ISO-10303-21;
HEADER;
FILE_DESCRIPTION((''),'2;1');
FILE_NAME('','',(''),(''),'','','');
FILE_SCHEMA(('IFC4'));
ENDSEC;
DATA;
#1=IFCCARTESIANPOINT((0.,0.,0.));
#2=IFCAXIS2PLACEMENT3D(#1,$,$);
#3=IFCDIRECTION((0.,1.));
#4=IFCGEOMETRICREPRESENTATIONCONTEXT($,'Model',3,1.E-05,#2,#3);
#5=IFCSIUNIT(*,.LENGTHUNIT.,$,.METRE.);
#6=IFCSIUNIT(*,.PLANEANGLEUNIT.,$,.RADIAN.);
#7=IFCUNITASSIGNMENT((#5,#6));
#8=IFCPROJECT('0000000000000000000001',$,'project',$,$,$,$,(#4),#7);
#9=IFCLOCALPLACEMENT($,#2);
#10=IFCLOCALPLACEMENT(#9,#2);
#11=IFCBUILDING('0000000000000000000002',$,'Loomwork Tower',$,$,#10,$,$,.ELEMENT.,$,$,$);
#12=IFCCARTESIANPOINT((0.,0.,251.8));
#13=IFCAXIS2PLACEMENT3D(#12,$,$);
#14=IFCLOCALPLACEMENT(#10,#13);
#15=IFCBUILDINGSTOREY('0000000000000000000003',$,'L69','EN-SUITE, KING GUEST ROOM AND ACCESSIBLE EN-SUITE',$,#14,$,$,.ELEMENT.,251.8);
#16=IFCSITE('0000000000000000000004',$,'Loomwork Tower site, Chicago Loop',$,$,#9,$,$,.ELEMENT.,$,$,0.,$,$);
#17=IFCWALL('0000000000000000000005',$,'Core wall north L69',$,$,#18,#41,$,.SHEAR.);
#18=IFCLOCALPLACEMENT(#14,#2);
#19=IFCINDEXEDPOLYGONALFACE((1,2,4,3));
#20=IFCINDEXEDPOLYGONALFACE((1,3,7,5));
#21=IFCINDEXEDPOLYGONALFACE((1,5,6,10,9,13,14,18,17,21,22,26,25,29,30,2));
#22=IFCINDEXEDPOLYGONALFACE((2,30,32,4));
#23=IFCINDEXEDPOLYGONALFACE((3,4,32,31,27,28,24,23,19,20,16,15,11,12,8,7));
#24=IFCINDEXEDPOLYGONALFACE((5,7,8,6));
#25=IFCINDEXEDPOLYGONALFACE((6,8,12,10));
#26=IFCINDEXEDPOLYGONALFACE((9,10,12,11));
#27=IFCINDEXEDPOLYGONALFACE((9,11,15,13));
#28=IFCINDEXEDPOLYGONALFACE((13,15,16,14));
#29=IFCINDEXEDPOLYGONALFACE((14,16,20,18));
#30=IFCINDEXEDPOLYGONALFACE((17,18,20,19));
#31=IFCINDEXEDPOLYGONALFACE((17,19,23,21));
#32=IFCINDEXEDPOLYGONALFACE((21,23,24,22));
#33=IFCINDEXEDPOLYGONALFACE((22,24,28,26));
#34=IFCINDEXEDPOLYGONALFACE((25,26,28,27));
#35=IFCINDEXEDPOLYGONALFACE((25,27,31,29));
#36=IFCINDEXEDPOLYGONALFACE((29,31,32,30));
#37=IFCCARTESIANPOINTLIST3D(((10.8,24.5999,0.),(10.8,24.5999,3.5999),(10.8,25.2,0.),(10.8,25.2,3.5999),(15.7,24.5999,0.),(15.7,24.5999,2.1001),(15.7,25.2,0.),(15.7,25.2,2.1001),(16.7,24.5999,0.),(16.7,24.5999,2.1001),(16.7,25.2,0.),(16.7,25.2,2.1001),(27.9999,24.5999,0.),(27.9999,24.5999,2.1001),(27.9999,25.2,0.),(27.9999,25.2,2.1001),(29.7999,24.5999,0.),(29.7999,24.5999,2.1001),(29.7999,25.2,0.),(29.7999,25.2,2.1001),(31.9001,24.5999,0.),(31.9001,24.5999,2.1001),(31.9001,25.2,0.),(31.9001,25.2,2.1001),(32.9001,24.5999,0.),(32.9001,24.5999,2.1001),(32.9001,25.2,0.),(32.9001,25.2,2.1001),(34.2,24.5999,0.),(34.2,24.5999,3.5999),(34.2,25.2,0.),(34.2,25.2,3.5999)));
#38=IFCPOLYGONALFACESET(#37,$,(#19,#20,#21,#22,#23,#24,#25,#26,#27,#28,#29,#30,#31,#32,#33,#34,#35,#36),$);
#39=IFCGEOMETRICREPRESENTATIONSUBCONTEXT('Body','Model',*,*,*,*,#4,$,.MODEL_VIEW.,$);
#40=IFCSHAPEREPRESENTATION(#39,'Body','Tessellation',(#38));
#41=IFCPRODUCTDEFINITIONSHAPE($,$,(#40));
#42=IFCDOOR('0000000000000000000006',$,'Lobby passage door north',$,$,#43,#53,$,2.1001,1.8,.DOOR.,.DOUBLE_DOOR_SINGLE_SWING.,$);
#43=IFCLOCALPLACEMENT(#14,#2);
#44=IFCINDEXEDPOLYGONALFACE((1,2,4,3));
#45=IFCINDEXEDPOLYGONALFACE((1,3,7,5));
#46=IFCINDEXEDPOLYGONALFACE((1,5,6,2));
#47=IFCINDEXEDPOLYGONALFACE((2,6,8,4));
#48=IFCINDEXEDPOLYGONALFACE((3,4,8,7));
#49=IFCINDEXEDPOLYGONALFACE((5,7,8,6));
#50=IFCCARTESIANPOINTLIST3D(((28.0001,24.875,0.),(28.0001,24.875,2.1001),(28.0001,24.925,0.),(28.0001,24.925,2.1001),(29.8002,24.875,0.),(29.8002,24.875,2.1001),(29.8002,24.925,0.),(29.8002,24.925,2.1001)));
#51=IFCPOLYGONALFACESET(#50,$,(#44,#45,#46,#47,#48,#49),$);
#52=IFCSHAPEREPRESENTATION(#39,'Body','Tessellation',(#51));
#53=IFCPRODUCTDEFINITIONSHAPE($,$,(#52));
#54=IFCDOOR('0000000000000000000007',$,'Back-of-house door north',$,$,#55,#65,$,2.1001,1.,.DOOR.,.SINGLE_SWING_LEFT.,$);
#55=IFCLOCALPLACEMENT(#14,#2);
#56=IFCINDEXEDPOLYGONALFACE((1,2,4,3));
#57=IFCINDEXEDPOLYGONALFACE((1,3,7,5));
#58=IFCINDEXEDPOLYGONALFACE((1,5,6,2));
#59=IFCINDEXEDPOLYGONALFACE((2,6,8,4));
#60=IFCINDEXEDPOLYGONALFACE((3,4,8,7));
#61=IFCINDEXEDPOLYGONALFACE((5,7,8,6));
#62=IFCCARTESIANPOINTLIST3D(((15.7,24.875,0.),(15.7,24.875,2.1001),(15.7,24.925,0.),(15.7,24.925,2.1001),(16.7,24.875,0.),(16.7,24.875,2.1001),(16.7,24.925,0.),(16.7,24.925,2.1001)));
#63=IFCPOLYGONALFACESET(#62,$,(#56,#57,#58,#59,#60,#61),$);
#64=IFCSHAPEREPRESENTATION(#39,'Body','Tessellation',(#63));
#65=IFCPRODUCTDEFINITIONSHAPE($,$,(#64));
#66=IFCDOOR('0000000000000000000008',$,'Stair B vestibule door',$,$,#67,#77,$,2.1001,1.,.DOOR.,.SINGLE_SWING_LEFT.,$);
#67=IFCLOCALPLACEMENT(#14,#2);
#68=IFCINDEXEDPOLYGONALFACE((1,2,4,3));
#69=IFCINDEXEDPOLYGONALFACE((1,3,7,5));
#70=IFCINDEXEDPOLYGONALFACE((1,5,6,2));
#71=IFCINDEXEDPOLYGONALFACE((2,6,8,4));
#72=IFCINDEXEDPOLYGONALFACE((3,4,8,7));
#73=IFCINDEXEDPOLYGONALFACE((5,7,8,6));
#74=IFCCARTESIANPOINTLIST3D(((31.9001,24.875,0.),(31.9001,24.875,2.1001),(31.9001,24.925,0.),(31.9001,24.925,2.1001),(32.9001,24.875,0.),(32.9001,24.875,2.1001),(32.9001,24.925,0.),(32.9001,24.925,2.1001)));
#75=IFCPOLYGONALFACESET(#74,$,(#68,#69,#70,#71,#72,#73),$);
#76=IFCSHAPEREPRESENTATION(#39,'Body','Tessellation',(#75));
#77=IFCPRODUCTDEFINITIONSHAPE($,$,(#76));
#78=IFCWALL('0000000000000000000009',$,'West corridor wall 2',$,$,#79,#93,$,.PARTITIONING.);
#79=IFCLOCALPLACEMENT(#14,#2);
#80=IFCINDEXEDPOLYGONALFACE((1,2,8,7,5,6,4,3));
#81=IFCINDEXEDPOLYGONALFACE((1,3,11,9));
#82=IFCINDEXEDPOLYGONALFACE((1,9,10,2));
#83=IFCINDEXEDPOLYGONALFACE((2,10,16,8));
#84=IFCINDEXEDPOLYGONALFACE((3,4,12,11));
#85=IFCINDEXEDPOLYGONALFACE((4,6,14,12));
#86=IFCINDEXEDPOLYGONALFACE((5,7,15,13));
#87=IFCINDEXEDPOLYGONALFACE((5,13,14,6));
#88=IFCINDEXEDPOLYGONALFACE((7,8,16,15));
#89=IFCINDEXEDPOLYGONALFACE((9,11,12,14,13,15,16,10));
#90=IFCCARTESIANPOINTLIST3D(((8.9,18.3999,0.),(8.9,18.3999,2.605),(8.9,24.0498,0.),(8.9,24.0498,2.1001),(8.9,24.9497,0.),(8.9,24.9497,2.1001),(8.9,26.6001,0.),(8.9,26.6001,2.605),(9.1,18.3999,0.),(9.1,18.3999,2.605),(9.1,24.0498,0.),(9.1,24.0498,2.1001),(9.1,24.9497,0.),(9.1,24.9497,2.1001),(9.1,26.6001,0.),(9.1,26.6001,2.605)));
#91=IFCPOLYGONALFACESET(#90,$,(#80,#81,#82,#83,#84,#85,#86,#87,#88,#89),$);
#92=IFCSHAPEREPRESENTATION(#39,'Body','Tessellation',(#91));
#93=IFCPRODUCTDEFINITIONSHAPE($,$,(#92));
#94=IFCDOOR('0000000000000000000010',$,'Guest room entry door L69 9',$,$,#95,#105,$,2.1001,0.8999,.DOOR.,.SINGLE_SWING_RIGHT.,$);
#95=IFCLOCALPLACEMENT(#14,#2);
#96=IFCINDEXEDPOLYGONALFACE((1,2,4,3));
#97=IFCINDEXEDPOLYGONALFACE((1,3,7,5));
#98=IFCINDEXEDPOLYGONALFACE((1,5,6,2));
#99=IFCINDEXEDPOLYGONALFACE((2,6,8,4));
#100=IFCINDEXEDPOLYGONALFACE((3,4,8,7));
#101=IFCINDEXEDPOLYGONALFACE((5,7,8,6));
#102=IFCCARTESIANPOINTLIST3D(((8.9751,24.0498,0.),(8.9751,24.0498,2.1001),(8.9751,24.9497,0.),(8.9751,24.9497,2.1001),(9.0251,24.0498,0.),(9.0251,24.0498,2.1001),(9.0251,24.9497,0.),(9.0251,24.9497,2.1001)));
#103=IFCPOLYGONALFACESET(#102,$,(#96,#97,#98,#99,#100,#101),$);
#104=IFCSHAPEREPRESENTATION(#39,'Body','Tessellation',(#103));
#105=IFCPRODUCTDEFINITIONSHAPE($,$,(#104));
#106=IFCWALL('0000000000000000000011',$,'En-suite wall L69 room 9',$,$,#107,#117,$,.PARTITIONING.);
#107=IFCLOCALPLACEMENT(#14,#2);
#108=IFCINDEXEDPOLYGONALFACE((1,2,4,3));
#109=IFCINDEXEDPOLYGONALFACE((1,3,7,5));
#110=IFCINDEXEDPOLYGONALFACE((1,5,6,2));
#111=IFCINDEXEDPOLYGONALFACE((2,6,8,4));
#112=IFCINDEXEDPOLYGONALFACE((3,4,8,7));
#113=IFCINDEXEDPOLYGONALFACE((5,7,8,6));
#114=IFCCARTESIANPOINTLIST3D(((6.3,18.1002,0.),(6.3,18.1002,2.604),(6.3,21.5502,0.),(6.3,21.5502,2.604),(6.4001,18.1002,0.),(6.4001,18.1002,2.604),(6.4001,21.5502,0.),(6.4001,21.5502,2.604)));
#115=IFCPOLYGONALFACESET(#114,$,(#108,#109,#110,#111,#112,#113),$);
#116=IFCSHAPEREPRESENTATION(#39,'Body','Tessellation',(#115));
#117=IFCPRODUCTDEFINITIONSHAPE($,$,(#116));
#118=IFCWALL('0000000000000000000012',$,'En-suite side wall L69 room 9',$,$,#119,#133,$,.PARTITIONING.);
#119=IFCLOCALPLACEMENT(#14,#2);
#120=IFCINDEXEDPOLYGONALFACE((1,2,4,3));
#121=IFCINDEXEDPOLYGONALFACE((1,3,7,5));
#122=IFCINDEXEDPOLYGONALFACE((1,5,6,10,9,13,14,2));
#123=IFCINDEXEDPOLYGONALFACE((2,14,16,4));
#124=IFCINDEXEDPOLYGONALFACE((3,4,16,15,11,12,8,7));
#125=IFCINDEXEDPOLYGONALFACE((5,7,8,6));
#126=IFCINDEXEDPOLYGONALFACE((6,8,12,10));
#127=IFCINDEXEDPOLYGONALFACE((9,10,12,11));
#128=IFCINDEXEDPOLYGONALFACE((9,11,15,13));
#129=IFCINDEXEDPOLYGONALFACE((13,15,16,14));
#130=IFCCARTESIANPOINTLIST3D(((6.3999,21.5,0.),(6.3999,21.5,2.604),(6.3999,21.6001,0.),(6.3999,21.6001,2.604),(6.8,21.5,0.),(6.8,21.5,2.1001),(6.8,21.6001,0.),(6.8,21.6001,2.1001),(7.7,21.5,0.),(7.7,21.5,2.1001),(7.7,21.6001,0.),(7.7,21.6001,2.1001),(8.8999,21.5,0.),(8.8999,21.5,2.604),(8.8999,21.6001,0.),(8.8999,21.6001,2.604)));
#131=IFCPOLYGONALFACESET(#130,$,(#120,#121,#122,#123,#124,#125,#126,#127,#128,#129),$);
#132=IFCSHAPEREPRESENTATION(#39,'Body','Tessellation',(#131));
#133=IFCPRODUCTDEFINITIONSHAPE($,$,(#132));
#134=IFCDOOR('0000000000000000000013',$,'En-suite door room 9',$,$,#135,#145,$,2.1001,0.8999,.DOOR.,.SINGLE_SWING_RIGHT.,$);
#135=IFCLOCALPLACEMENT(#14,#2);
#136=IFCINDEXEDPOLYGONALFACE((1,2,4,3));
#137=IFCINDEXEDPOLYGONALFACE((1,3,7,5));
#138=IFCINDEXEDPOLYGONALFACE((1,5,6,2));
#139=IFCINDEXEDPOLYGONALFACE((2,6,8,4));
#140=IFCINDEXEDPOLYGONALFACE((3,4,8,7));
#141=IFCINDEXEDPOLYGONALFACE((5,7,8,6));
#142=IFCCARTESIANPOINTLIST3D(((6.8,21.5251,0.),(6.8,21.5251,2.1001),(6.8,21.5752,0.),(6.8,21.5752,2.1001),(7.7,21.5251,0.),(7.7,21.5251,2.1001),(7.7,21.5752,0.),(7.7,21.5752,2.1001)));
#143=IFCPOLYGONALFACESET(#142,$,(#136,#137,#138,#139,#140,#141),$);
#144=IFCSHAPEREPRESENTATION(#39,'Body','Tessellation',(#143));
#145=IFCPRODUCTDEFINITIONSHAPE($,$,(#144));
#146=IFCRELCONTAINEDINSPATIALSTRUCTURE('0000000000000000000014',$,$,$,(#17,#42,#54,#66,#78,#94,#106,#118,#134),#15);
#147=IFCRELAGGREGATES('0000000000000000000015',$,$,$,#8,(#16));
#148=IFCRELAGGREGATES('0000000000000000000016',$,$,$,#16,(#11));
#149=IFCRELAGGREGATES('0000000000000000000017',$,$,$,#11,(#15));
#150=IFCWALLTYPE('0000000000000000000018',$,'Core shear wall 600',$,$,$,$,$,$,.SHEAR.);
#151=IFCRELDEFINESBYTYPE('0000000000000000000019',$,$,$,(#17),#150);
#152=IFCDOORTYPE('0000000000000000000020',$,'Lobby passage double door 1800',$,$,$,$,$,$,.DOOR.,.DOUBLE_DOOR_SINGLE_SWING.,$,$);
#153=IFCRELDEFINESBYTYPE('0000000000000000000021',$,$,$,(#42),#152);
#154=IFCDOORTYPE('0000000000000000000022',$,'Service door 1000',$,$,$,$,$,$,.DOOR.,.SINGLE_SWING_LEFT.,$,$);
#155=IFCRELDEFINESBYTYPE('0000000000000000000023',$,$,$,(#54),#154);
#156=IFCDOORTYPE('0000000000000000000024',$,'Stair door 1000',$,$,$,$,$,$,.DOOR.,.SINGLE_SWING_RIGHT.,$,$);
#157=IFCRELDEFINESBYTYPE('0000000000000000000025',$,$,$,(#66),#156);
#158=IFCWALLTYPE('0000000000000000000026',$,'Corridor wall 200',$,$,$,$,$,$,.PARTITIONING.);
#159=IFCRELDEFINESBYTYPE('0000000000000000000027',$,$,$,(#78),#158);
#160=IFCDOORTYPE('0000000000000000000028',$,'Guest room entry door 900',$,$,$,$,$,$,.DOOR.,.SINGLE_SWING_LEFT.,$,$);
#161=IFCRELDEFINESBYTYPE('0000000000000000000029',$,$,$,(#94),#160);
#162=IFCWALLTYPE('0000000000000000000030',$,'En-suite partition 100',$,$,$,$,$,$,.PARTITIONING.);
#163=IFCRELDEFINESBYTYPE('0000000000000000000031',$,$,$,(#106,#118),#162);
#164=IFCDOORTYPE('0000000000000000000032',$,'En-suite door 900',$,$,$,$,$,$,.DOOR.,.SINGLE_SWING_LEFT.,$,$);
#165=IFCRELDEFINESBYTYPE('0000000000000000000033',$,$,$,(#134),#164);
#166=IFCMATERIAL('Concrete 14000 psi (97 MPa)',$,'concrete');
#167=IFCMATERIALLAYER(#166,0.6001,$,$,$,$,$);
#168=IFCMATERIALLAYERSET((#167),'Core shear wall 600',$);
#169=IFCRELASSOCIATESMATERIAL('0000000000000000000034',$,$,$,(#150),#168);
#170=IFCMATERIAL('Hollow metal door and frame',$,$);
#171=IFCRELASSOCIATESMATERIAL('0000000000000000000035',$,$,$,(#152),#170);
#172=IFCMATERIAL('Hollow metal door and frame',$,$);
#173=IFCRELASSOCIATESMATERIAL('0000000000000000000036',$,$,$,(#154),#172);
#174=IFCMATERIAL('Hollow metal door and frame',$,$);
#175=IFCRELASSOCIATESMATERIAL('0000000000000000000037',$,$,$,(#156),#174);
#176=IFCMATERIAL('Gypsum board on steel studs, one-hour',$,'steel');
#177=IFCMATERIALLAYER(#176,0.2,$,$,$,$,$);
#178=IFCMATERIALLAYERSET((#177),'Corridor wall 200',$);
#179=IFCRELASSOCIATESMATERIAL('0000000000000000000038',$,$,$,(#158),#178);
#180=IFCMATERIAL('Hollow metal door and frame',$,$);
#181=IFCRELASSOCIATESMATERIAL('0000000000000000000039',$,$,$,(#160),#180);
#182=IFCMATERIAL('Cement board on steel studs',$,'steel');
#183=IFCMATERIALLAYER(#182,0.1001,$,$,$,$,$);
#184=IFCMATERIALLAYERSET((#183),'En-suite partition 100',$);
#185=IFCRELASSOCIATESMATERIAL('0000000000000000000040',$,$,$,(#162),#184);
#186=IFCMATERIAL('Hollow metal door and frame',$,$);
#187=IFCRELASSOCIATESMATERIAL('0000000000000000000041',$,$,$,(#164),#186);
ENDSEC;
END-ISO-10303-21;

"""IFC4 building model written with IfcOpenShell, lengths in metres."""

from ifc_helpers import new_model, si_unit, direction, frame, frame_2d, origin, place, context, subcontext, project, spatial, rectangle, extrude, material, layer, layer_set, type_object, element, fill, save


model = new_model("IFC4")

# Units and contexts
model_context = context("Model", 3, precision=1e-05, world=origin(), true_north=direction((0.0, 1.0)))
body_context = subcontext(model_context, "Body", "Model", "MODEL_VIEW")
ifc_project = project(units=[si_unit("LENGTHUNIT", "METRE"), si_unit("PLANEANGLEUNIT", "RADIAN")], contexts=[model_context])

# Site, building, storey
site_placement = place(None, origin())
site = spatial("IfcSite", under=ifc_project, at=site_placement, Name="Loomwork Tower site, Chicago Loop", CompositionType="ELEMENT", RefElevation=0.0)
building_placement = place(site_placement, origin())
building = spatial("IfcBuilding", under=site, at=building_placement, Name="Loomwork Tower", CompositionType="ELEMENT")
storey_placement = place(building_placement, frame((0.0, 0.0, 251.8)))
storey = spatial("IfcBuildingStorey", under=building, at=storey_placement, Name="L69", Description="EN-SUITE, KING GUEST ROOM AND ACCESSIBLE EN-SUITE", CompositionType="ELEMENT", Elevation=251.8)

# Wall, openings, doors
ifc_material_1 = material(Name="Concrete 14000 psi (97 MPa)", Category="concrete")
ifc_layer_1 = layer(ifc_material_1, 0.6001)
ifc_layer_set_1 = layer_set([ifc_layer_1], Name="Core shear wall 600")
wall_type_1 = type_object("IfcWallType", Name="Core shear wall 600", PredefinedType="SHEAR", material=ifc_layer_set_1)
wall_1_placement = place(storey_placement, frame((10.8, 24.8999, 0.0), z_axis=(0.0, 0.0, 1.0), x_axis=(1.0, 0.0, 0.0)))
wall_1 = element("IfcWall", 1, at=wall_1_placement, inside=storey, type_object=wall_type_1, Name="Core wall north L69", PredefinedType="SHEAR", context=body_context, shape_type="SweptSolid", body=[
    extrude(rectangle(XDim=23.3999, YDim=0.6001, at=frame_2d((11.7, 0.0))), origin(), (0.0, 0.0, 1.0), 3.5999),
])
opening_1_placement = place(wall_1_placement, frame((17.2, 0.0, 0.0)))
opening_1 = element("IfcOpeningElement", 2, at=opening_1_placement, cuts=wall_1, PredefinedType="OPENING", context=body_context, shape_type="SweptSolid", body=[
    extrude(rectangle(XDim=1.8, YDim=2.1001, at=frame_2d((0.8999, 1.05))), frame((0.0, 0.3101, 0.0), z_axis=(0.0, -1.0, 0.0), x_axis=(1.0, 0.0, 0.0)), (0.0, 0.0, 1.0), 0.6201),
])
opening_2_placement = place(wall_1_placement, frame((21.1001, 0.0, 0.0)))
opening_2 = element("IfcOpeningElement", 3, at=opening_2_placement, cuts=wall_1, PredefinedType="OPENING", context=body_context, shape_type="SweptSolid", body=[
    extrude(rectangle(XDim=1.0, YDim=2.1001, at=frame_2d((0.5, 1.05))), frame((0.0, 0.3101, 0.0), z_axis=(0.0, -1.0, 0.0), x_axis=(1.0, 0.0, 0.0)), (0.0, 0.0, 1.0), 0.6201),
])
opening_3_placement = place(wall_1_placement, frame((4.8999, 0.0, 0.0)))
opening_3 = element("IfcOpeningElement", 4, at=opening_3_placement, cuts=wall_1, PredefinedType="OPENING", context=body_context, shape_type="SweptSolid", body=[
    extrude(rectangle(XDim=1.0, YDim=2.1001, at=frame_2d((0.5, 1.05))), frame((0.0, 0.3101, 0.0), z_axis=(0.0, -1.0, 0.0), x_axis=(1.0, 0.0, 0.0)), (0.0, 0.0, 1.0), 0.6201),
])
ifc_material_2 = material(Name="Hollow metal door and frame")
door_type_1 = type_object("IfcDoorType", Name="Lobby passage double door 1800", OperationType="DOUBLE_DOOR_SINGLE_SWING", PredefinedType="DOOR", material=ifc_material_2)
door_1_placement = place(opening_1_placement, frame((1.8, 0.0, 0.0), z_axis=(0.0, 0.0, 1.0), x_axis=(-1.0, 0.0, 0.0)))
door_1 = element("IfcDoor", 5, at=door_1_placement, inside=storey, type_object=door_type_1, Name="Lobby passage door north", OperationType="DOUBLE_DOOR_SINGLE_SWING", OverallHeight=2.1001, OverallWidth=1.8, PredefinedType="DOOR", context=body_context, shape_type="SweptSolid", body=[
    extrude(rectangle(XDim=1.8, YDim=2.1001, at=frame_2d((0.8999, 1.05))), frame((0.0, 0.0249, 0.0), z_axis=(0.0, -1.0, 0.0), x_axis=(1.0, 0.0, 0.0)), (0.0, 0.0, 1.0), 0.05),
])
fill(opening_1, door_1)
ifc_material_3 = material(Name="Hollow metal door and frame")
door_type_2 = type_object("IfcDoorType", Name="Service door 1000", OperationType="SINGLE_SWING_LEFT", PredefinedType="DOOR", material=ifc_material_3)
door_2_placement = place(opening_3_placement, frame((1.0, 0.0, 0.0), z_axis=(0.0, 0.0, 1.0), x_axis=(-1.0, 0.0, 0.0)))
door_2 = element("IfcDoor", 6, at=door_2_placement, inside=storey, type_object=door_type_2, Name="Back-of-house door north", OperationType="SINGLE_SWING_LEFT", OverallHeight=2.1001, OverallWidth=1.0, PredefinedType="DOOR", context=body_context, shape_type="SweptSolid", body=[
    extrude(rectangle(XDim=1.0, YDim=2.1001, at=frame_2d((0.5, 1.05))), frame((0.0, 0.0249, 0.0), z_axis=(0.0, -1.0, 0.0), x_axis=(1.0, 0.0, 0.0)), (0.0, 0.0, 1.0), 0.05),
])
fill(opening_3, door_2)
ifc_material_4 = material(Name="Hollow metal door and frame")
door_type_3 = type_object("IfcDoorType", Name="Stair door 1000", OperationType="SINGLE_SWING_RIGHT", PredefinedType="DOOR", material=ifc_material_4)
door_3_placement = place(opening_2_placement, frame((1.0, 0.0, 0.0), z_axis=(0.0, 0.0, 1.0), x_axis=(-1.0, 0.0, 0.0)))
door_3 = element("IfcDoor", 7, at=door_3_placement, inside=storey, type_object=door_type_3, Name="Stair B vestibule door", OperationType="SINGLE_SWING_LEFT", OverallHeight=2.1001, OverallWidth=1.0, PredefinedType="DOOR", context=body_context, shape_type="SweptSolid", body=[
    extrude(rectangle(XDim=1.0, YDim=2.1001, at=frame_2d((0.5, 1.05))), frame((0.0, 0.0249, 0.0), z_axis=(0.0, -1.0, 0.0), x_axis=(1.0, 0.0, 0.0)), (0.0, 0.0, 1.0), 0.05),
])
fill(opening_2, door_3)

# Wall, opening, door
ifc_material_5 = material(Name="Gypsum board on steel studs, one-hour", Category="steel")
ifc_layer_2 = layer(ifc_material_5, 0.2)
ifc_layer_set_2 = layer_set([ifc_layer_2], Name="Corridor wall 200")
wall_type_2 = type_object("IfcWallType", Name="Corridor wall 200", PredefinedType="PARTITIONING", material=ifc_layer_set_2)
wall_2_placement = place(storey_placement, frame((9.0, 18.3999, 0.0), z_axis=(0.0, 0.0, 1.0), x_axis=(0.0, 1.0, 0.0)))
wall_2 = element("IfcWall", 8, at=wall_2_placement, inside=storey, type_object=wall_type_2, Name="West corridor wall 2", PredefinedType="PARTITIONING", context=body_context, shape_type="SweptSolid", body=[
    extrude(rectangle(XDim=8.2002, YDim=0.2, at=frame_2d((4.1001, 0.0))), origin(), (0.0, 0.0, 1.0), 2.605),
])
opening_4_placement = place(wall_2_placement, frame((5.6499, 0.0, 0.0)))
opening_4 = element("IfcOpeningElement", 9, at=opening_4_placement, cuts=wall_2, PredefinedType="OPENING", context=body_context, shape_type="SweptSolid", body=[
    extrude(rectangle(XDim=0.8999, YDim=2.1001, at=frame_2d((0.45, 1.05))), frame((0.0, 0.1099, 0.0), z_axis=(0.0, -1.0, 0.0), x_axis=(1.0, 0.0, 0.0)), (0.0, 0.0, 1.0), 0.22),
])
ifc_material_6 = material(Name="Hollow metal door and frame")
door_type_4 = type_object("IfcDoorType", Name="Guest room entry door 900", OperationType="SINGLE_SWING_LEFT", PredefinedType="DOOR", material=ifc_material_6)
door_4_placement = place(opening_4_placement, origin())
door_4 = element("IfcDoor", 10, at=door_4_placement, inside=storey, type_object=door_type_4, Name="Guest room entry door L69 9", OperationType="SINGLE_SWING_RIGHT", OverallHeight=2.1001, OverallWidth=0.8999, PredefinedType="DOOR", context=body_context, shape_type="SweptSolid", body=[
    extrude(rectangle(XDim=0.8999, YDim=2.1001, at=frame_2d((0.45, 1.05))), frame((0.0, 0.0249, 0.0), z_axis=(0.0, -1.0, 0.0), x_axis=(1.0, 0.0, 0.0)), (0.0, 0.0, 1.0), 0.05),
])
fill(opening_4, door_4)

# Wall
ifc_material_7 = material(Name="Cement board on steel studs", Category="steel")
ifc_layer_3 = layer(ifc_material_7, 0.1001)
ifc_layer_set_3 = layer_set([ifc_layer_3], Name="En-suite partition 100")
wall_type_3 = type_object("IfcWallType", Name="En-suite partition 100", PredefinedType="PARTITIONING", material=ifc_layer_set_3)
wall_3_placement = place(storey_placement, frame((6.3501, 18.1001, 0.0), z_axis=(0.0, 0.0, 1.0), x_axis=(0.0, 1.0, 0.0)))
element("IfcWall", 11, at=wall_3_placement, inside=storey, type_object=wall_type_3, Name="En-suite wall L69 room 9", PredefinedType="PARTITIONING", context=body_context, shape_type="SweptSolid", body=[
    extrude(rectangle(XDim=3.45, YDim=0.1001, at=frame_2d((1.7251, 0.0))), origin(), (0.0, 0.0, 1.0), 2.604),
])

# Wall, opening, door
wall_4_placement = place(storey_placement, frame((8.8999, 21.55, 0.0), z_axis=(0.0, 0.0, 1.0), x_axis=(-1.0, 0.0, 0.0)))
wall_4 = element("IfcWall", 12, at=wall_4_placement, inside=storey, type_object=wall_type_3, Name="En-suite side wall L69 room 9", PredefinedType="PARTITIONING", context=body_context, shape_type="SweptSolid", body=[
    extrude(rectangle(XDim=2.5, YDim=0.1001, at=frame_2d((1.25, 0.0))), origin(), (0.0, 0.0, 1.0), 2.604),
])
opening_5_placement = place(wall_4_placement, frame((1.2, 0.0, 0.0)))
opening_5 = element("IfcOpeningElement", 13, at=opening_5_placement, cuts=wall_4, PredefinedType="OPENING", context=body_context, shape_type="SweptSolid", body=[
    extrude(rectangle(XDim=0.8999, YDim=2.1001, at=frame_2d((0.45, 1.05))), frame((0.0, 0.0601, 0.0), z_axis=(0.0, -1.0, 0.0), x_axis=(1.0, 0.0, 0.0)), (0.0, 0.0, 1.0), 0.1201),
])
ifc_material_8 = material(Name="Hollow metal door and frame")
door_type_5 = type_object("IfcDoorType", Name="En-suite door 900", OperationType="SINGLE_SWING_LEFT", PredefinedType="DOOR", material=ifc_material_8)
door_5_placement = place(opening_5_placement, origin())
door_5 = element("IfcDoor", 14, at=door_5_placement, inside=storey, type_object=door_type_5, Name="En-suite door room 9", OperationType="SINGLE_SWING_RIGHT", OverallHeight=2.1001, OverallWidth=0.8999, PredefinedType="DOOR", context=body_context, shape_type="SweptSolid", body=[
    extrude(rectangle(XDim=0.8999, YDim=2.1001, at=frame_2d((0.45, 1.05))), frame((0.0, 0.0249, 0.0), z_axis=(0.0, -1.0, 0.0), x_axis=(1.0, 0.0, 0.0)), (0.0, 0.0, 1.0), 0.05),
])
fill(opening_5, door_5)

save(model, "model.ifc")
